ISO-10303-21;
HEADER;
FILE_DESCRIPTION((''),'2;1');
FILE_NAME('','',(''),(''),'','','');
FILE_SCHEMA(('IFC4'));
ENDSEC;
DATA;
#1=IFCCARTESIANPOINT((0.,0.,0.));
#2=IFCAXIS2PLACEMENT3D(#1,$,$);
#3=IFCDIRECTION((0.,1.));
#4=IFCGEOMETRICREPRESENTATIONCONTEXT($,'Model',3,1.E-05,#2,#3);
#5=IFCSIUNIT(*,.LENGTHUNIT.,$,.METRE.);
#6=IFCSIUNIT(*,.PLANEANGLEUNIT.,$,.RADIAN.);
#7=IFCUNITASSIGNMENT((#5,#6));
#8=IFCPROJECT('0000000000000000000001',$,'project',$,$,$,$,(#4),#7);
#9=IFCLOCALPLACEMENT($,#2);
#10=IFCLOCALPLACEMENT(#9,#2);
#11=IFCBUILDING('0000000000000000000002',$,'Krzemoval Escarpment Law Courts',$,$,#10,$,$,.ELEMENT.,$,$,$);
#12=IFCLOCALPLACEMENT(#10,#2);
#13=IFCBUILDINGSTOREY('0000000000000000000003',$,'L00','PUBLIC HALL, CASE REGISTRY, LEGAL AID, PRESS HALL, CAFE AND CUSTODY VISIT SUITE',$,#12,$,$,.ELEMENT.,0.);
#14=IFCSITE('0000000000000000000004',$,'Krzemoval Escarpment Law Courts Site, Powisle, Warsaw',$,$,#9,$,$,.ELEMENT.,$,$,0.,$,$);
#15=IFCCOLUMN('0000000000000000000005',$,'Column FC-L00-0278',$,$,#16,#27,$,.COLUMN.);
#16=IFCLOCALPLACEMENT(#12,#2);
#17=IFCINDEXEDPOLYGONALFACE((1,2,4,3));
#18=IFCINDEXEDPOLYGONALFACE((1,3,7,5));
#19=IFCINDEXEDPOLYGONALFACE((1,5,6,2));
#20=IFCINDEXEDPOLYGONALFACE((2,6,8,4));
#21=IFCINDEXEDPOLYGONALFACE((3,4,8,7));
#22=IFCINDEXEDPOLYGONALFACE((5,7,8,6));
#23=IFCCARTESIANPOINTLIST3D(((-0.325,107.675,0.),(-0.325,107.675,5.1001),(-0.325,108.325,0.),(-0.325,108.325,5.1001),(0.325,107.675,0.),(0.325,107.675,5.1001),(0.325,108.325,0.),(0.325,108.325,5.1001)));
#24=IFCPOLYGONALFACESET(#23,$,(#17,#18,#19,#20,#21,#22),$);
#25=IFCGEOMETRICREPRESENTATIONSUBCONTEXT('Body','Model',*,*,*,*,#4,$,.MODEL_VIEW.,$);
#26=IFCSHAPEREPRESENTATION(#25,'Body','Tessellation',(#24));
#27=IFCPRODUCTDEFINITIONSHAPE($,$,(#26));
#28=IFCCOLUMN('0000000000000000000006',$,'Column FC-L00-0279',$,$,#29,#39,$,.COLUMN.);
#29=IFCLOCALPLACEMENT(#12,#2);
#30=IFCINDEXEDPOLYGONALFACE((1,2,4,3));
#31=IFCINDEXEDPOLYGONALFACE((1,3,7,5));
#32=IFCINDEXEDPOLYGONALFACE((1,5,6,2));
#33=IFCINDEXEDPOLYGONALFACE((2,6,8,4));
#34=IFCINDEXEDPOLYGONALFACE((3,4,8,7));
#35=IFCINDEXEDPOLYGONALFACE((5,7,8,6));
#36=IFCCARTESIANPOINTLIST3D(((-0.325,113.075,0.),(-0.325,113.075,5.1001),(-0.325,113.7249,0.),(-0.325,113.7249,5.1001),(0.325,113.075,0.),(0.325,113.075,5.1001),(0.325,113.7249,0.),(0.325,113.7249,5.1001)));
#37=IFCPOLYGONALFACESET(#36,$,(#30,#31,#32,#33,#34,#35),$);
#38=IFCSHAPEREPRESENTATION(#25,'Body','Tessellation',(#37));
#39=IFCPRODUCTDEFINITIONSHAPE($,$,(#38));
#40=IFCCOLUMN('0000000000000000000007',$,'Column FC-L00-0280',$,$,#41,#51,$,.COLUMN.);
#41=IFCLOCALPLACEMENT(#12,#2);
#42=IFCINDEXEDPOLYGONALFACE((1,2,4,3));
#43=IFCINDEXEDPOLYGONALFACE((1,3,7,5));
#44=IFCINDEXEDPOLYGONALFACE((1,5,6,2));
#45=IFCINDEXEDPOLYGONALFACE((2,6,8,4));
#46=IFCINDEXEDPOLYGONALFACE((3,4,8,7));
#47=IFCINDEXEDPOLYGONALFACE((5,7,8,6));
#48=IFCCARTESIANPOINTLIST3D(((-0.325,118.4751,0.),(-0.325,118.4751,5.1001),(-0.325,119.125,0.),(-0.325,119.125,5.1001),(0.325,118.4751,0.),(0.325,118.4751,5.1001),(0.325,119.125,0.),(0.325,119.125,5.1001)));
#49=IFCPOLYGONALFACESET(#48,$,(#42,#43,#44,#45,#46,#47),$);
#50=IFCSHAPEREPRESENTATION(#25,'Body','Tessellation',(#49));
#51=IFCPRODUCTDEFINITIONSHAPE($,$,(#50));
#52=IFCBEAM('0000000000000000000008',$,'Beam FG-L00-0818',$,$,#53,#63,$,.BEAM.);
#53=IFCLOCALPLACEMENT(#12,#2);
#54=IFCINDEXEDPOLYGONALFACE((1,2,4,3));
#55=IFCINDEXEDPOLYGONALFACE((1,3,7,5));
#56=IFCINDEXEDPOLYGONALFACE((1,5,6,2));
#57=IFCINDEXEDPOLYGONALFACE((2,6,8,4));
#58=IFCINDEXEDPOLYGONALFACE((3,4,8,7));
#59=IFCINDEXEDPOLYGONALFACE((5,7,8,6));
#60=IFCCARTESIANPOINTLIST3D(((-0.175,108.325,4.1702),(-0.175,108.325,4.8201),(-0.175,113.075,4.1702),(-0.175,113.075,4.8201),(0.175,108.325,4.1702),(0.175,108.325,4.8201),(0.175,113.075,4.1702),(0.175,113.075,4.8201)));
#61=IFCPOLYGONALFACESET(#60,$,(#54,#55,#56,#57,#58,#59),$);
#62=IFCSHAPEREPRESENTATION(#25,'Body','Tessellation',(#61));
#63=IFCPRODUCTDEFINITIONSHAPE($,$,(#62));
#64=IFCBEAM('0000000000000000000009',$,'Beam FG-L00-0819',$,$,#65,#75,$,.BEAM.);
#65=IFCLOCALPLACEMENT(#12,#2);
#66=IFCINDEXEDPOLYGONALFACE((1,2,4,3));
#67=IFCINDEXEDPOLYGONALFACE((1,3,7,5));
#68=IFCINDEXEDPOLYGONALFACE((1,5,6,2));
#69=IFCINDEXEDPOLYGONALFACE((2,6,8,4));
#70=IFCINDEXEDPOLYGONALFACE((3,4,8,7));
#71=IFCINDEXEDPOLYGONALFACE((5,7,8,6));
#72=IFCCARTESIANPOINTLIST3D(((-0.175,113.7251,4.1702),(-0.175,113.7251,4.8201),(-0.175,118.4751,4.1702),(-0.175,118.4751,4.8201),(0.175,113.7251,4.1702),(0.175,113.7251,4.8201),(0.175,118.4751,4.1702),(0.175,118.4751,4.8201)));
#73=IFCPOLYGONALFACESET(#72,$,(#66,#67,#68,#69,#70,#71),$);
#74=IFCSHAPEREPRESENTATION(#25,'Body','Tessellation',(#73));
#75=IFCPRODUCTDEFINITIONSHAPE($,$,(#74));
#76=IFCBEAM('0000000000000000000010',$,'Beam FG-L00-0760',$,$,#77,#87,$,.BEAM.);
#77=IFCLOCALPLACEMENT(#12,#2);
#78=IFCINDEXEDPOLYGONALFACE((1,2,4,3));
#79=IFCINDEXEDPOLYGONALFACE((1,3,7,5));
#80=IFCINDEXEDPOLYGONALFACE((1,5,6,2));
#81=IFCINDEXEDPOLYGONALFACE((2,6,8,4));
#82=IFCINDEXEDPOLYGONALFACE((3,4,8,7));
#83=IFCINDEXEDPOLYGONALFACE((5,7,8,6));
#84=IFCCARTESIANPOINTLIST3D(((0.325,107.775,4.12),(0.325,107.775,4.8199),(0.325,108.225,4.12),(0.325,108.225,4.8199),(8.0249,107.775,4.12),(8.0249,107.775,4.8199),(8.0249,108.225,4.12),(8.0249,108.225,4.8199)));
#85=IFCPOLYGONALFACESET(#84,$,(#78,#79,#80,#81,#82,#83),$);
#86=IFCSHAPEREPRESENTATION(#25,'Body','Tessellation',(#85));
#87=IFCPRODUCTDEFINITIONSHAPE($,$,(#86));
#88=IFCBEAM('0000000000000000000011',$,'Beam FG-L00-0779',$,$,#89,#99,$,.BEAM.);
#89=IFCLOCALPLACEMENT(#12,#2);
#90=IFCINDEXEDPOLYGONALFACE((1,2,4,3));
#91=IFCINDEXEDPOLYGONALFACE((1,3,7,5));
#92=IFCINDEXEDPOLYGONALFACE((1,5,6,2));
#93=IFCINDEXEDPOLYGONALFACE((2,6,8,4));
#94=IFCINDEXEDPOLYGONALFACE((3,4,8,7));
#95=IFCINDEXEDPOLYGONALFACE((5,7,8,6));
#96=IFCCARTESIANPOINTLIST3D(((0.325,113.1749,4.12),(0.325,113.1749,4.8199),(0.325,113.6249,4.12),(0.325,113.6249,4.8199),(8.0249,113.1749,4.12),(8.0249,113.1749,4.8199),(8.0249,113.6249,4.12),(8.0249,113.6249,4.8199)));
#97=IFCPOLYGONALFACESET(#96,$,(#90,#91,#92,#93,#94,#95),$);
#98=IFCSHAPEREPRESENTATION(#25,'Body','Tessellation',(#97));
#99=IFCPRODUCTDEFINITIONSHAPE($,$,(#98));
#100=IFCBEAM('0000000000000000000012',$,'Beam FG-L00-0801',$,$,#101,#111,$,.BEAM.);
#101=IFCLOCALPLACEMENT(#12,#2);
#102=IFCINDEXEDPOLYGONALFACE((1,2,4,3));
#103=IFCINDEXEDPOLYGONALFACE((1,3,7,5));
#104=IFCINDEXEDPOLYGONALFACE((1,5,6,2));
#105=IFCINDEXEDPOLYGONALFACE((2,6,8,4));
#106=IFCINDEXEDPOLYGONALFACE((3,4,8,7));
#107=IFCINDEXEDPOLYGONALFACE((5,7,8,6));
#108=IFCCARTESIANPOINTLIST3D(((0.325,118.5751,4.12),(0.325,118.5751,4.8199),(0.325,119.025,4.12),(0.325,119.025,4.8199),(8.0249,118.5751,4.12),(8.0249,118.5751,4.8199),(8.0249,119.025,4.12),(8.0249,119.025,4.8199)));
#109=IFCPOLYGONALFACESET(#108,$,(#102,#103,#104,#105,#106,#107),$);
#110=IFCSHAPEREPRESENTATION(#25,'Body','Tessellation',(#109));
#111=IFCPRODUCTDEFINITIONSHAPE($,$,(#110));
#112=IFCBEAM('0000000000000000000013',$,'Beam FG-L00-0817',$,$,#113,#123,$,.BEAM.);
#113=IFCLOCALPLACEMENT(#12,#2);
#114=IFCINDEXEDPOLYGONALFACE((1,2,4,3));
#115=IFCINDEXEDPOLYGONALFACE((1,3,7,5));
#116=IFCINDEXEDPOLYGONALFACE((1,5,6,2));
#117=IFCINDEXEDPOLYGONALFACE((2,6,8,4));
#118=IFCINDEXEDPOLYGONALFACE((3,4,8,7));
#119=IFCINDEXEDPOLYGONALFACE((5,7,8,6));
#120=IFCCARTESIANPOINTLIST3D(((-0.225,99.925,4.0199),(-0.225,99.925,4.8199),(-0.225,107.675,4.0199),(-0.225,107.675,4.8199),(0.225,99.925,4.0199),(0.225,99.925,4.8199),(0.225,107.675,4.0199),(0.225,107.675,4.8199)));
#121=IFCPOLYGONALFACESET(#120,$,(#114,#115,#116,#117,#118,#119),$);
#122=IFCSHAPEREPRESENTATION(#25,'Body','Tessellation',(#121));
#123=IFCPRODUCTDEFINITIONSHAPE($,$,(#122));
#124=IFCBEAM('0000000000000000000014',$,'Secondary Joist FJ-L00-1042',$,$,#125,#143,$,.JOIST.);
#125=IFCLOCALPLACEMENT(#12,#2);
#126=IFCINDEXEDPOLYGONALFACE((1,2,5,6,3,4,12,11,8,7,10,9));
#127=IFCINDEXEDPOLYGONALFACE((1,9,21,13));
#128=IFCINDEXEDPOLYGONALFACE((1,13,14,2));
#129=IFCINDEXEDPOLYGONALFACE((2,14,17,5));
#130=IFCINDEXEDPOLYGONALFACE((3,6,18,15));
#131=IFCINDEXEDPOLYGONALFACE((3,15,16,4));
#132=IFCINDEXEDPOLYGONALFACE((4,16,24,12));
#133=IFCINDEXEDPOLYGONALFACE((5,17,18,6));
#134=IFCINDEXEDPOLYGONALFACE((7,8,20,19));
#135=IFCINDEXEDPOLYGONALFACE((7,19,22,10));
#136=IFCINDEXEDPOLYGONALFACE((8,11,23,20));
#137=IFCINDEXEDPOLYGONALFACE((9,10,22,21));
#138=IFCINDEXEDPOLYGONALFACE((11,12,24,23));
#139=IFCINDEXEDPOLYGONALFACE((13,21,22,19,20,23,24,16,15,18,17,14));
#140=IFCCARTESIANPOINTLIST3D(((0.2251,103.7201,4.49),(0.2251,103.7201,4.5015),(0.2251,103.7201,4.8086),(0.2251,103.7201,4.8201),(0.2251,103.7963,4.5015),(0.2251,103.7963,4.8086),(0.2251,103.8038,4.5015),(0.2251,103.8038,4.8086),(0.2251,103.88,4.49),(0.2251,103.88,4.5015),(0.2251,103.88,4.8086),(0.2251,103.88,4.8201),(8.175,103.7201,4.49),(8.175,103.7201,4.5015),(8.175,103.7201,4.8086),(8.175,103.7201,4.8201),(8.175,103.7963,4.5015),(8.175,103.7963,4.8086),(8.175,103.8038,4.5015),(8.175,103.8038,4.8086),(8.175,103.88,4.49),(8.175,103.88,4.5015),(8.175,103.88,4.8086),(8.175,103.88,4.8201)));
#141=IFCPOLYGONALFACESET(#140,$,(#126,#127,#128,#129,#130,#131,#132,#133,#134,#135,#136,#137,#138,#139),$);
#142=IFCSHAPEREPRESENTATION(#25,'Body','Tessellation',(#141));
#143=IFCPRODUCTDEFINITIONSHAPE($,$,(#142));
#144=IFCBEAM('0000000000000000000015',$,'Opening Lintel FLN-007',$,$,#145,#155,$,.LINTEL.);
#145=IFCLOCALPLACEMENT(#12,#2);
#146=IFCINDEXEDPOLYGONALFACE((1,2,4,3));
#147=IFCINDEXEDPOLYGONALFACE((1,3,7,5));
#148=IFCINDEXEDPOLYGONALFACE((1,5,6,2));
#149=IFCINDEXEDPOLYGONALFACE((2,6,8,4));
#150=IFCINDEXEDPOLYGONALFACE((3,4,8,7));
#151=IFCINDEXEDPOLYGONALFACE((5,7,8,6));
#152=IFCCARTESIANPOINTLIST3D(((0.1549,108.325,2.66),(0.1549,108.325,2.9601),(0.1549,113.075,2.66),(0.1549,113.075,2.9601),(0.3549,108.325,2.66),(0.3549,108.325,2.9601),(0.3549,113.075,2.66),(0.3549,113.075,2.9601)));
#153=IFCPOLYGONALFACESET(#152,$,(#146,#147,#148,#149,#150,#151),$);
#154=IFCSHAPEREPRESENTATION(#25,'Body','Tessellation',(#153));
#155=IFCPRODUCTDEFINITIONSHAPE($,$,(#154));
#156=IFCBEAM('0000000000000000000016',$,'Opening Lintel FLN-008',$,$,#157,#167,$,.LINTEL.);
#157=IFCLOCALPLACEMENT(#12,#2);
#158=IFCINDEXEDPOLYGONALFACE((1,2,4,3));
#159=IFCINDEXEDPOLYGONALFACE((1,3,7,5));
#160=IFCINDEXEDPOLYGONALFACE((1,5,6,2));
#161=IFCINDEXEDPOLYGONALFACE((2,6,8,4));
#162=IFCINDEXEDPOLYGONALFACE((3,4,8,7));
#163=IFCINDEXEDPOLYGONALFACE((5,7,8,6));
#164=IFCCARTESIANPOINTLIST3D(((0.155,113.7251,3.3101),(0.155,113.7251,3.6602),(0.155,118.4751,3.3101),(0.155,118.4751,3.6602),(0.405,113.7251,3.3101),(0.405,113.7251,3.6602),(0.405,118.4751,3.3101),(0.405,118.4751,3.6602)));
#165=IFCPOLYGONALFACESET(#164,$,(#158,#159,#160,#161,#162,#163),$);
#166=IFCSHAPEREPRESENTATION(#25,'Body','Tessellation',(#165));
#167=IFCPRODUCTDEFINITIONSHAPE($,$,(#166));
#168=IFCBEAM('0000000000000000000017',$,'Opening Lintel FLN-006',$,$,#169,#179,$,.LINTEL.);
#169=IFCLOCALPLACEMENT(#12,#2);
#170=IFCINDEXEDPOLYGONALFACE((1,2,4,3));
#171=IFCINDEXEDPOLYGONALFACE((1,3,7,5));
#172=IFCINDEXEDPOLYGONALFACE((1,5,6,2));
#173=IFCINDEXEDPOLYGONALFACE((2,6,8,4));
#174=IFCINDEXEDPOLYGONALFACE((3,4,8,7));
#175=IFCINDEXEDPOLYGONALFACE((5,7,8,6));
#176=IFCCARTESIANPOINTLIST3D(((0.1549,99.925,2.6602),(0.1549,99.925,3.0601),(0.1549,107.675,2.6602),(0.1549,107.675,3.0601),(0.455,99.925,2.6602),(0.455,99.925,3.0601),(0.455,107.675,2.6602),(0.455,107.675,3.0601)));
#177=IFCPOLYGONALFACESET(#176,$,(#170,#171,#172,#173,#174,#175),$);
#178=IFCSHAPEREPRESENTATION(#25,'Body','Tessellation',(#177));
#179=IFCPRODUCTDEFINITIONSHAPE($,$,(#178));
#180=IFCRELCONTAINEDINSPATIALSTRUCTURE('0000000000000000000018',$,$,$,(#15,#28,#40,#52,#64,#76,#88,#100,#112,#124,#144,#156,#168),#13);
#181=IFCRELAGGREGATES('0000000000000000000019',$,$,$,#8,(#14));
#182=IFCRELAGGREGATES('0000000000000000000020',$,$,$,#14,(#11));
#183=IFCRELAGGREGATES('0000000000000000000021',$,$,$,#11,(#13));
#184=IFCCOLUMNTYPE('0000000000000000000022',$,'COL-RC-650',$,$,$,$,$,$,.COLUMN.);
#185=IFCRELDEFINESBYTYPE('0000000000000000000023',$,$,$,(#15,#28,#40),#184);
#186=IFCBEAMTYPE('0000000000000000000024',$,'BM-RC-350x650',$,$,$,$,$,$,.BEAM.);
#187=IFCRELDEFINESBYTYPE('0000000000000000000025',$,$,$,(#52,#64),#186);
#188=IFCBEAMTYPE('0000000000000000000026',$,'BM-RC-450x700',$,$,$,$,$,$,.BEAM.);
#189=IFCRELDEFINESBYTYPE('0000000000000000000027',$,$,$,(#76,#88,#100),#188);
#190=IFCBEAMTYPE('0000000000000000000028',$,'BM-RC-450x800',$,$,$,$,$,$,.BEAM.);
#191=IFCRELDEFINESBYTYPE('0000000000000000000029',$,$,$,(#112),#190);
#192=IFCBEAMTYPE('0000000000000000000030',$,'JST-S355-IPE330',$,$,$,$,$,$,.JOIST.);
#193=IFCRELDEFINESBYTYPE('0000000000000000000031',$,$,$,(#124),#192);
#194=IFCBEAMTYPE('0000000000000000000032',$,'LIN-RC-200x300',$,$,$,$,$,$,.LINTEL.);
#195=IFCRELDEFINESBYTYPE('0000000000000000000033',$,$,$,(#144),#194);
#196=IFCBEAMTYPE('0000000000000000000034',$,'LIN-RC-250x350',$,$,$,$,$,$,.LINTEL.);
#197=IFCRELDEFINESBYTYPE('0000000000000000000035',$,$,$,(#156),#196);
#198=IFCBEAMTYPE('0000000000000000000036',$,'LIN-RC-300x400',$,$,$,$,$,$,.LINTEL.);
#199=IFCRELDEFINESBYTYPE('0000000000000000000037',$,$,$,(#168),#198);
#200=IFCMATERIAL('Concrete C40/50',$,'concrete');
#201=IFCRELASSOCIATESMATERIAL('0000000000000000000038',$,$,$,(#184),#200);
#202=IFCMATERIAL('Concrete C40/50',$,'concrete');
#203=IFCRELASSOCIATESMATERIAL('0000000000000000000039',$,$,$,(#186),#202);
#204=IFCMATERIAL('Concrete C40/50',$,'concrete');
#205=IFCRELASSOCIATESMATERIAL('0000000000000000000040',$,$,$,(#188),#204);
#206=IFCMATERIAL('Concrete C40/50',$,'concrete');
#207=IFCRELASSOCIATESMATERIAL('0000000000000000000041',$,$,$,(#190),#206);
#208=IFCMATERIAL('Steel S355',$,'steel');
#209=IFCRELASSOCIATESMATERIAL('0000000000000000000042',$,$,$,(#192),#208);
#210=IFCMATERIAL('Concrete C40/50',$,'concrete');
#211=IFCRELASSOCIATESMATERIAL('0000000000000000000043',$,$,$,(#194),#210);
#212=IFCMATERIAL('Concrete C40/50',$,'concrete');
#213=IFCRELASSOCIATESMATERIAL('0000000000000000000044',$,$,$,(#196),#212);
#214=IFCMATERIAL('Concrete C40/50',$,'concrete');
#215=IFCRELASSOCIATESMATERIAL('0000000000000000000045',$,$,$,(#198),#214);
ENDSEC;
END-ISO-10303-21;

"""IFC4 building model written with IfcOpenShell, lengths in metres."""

from ifc_helpers import new_model, si_unit, direction, frame, origin, origin_2d, place, context, subcontext, project, spatial, rectangle, i_section, extrude, material, material_profile, profile_set, type_object, element, save


model = new_model("IFC4")

# Units and contexts
model_context = context("Model", 3, precision=1e-05, world=origin(), true_north=direction((0.0, 1.0)))
body_context = subcontext(model_context, "Body", "Model", "MODEL_VIEW")
ifc_project = project(units=[si_unit("LENGTHUNIT", "METRE"), si_unit("PLANEANGLEUNIT", "RADIAN")], contexts=[model_context])

# Site, building, storey
site_placement = place(None, origin())
site = spatial("IfcSite", under=ifc_project, at=site_placement, Name="Krzemoval Escarpment Law Courts Site, Powisle, Warsaw", CompositionType="ELEMENT", RefElevation=0.0)
building_placement = place(site_placement, origin())
building = spatial("IfcBuilding", under=site, at=building_placement, Name="Krzemoval Escarpment Law Courts", CompositionType="ELEMENT")
storey_placement = place(building_placement, origin())
storey = spatial("IfcBuildingStorey", under=building, at=storey_placement, Name="L00", Description="PUBLIC HALL, CASE REGISTRY, LEGAL AID, PRESS HALL, CAFE AND CUSTODY VISIT SUITE", CompositionType="ELEMENT", Elevation=0.0)

# Columns
ifc_material_1 = material(Name="Concrete C40/50", Category="concrete")
ifc_material_profile_1 = material_profile(ifc_material_1, rectangle(XDim=0.6499, YDim=0.6499, at=origin_2d()), Name="RC 650x650")
ifc_profile_set_1 = profile_set([ifc_material_profile_1], Name="Concrete C40/50")
column_type = type_object("IfcColumnType", Name="COL-RC-650", PredefinedType="COLUMN", material=ifc_profile_set_1)
for number, where, z_axis, x_axis, name in (
    (1, (0.0, 108.0, 0.0), (0.0, 0.0, 1.0), (1.0, 0.0, 0.0), "Column FC-L00-0278"),
    (2, (0.0, 113.3999, 0.0), (0.0, 0.0, 1.0), (1.0, 0.0, 0.0), "Column FC-L00-0279"),
    (3, (0.0, 118.8, 0.0), (0.0, 0.0, 1.0), (1.0, 0.0, 0.0), "Column FC-L00-0280"),
):
    element("IfcColumn", number, at=place(storey_placement, frame(where, z_axis=z_axis, x_axis=x_axis)), inside=storey, type_object=column_type, Name=name, PredefinedType="COLUMN", context=body_context, shape_type="SweptSolid", body=[
        extrude(rectangle(XDim=0.6499, YDim=0.6499, at=origin_2d()), origin(), (0.0, 0.0, 1.0), 5.1001),
    ])

# Beams
ifc_material_2 = material(Name="Concrete C40/50", Category="concrete")
ifc_material_profile_2 = material_profile(ifc_material_2, rectangle(XDim=0.3501, YDim=0.6499, at=origin_2d()), Name="RCB 350x650")
ifc_profile_set_2 = profile_set([ifc_material_profile_2], Name="Concrete C40/50")
beam_type_1 = type_object("IfcBeamType", Name="BM-RC-350x650", PredefinedType="BEAM", material=ifc_profile_set_2)
for number, where, z_axis, x_axis, name in (
    (4, (0.0, 108.325, 4.4951), (0.0, 1.0, 0.0), (-1.0, 0.0, 0.0), "Beam FG-L00-0818"),
    (5, (0.0, 113.7251, 4.4951), (0.0, 1.0, 0.0), (-1.0, 0.0, 0.0), "Beam FG-L00-0819"),
):
    element("IfcBeam", number, at=place(storey_placement, frame(where, z_axis=z_axis, x_axis=x_axis)), inside=storey, type_object=beam_type_1, Name=name, PredefinedType="BEAM", context=body_context, shape_type="SweptSolid", body=[
        extrude(rectangle(XDim=0.3501, YDim=0.6499, at=origin_2d()), origin(), (0.0, 0.0, 1.0), 4.75),
    ])
ifc_material_3 = material(Name="Concrete C40/50", Category="concrete")
ifc_material_profile_3 = material_profile(ifc_material_3, rectangle(XDim=0.45, YDim=0.7, at=origin_2d()), Name="RCB 450x700")
ifc_profile_set_3 = profile_set([ifc_material_profile_3], Name="Concrete C40/50")
beam_type_2 = type_object("IfcBeamType", Name="BM-RC-450x700", PredefinedType="BEAM", material=ifc_profile_set_3)
for number, where, z_axis, x_axis, name in (
    (6, (0.325, 108.0, 4.47), (1.0, 0.0, 0.0), (0.0, 1.0, 0.0), "Beam FG-L00-0760"),
    (7, (0.325, 113.3999, 4.47), (1.0, 0.0, 0.0), (0.0, 1.0, 0.0), "Beam FG-L00-0779"),
    (8, (0.325, 118.8, 4.47), (1.0, 0.0, 0.0), (0.0, 1.0, 0.0), "Beam FG-L00-0801"),
):
    element("IfcBeam", number, at=place(storey_placement, frame(where, z_axis=z_axis, x_axis=x_axis)), inside=storey, type_object=beam_type_2, Name=name, PredefinedType="BEAM", context=body_context, shape_type="SweptSolid", body=[
        extrude(rectangle(XDim=0.45, YDim=0.7, at=origin_2d()), origin(), (0.0, 0.0, 1.0), 7.7),
    ])
ifc_material_4 = material(Name="Concrete C40/50", Category="concrete")
ifc_material_profile_4 = material_profile(ifc_material_4, rectangle(XDim=0.45, YDim=0.8, at=origin_2d()), Name="RCB 450x800")
ifc_profile_set_4 = profile_set([ifc_material_profile_4], Name="Concrete C40/50")
beam_type_3 = type_object("IfcBeamType", Name="BM-RC-450x800", PredefinedType="BEAM", material=ifc_profile_set_4)
beam_1_placement = place(storey_placement, frame((0.0, 99.925, 4.4199), z_axis=(0.0, 1.0, 0.0), x_axis=(-1.0, 0.0, 0.0)))
element("IfcBeam", 9, at=beam_1_placement, inside=storey, type_object=beam_type_3, Name="Beam FG-L00-0817", PredefinedType="BEAM", context=body_context, shape_type="SweptSolid", body=[
    extrude(rectangle(XDim=0.45, YDim=0.8, at=origin_2d()), origin(), (0.0, 0.0, 1.0), 7.75),
])
ifc_material_5 = material(Name="Steel S355", Category="steel")
ifc_material_profile_5 = material_profile(ifc_material_5, i_section(OverallWidth=0.1599, OverallDepth=0.3301, WebThickness=0.0076, FlangeThickness=0.0115, at=origin_2d()), Name="IPE 330")
ifc_profile_set_5 = profile_set([ifc_material_profile_5], Name="Steel S355")
beam_type_4 = type_object("IfcBeamType", Name="JST-S355-IPE330", PredefinedType="JOIST", material=ifc_profile_set_5)
beam_2_placement = place(storey_placement, frame((0.2251, 103.8, 4.655), z_axis=(1.0, 0.0, 0.0), x_axis=(0.0, 1.0, 0.0)))
element("IfcBeam", 10, at=beam_2_placement, inside=storey, type_object=beam_type_4, Name="Secondary Joist FJ-L00-1042", PredefinedType="JOIST", context=body_context, shape_type="SweptSolid", body=[
    extrude(i_section(OverallWidth=0.1599, OverallDepth=0.3301, WebThickness=0.0076, FlangeThickness=0.0115, at=origin_2d()), origin(), (0.0, 0.0, 1.0), 7.95),
])
ifc_material_6 = material(Name="Concrete C40/50", Category="concrete")
ifc_material_profile_6 = material_profile(ifc_material_6, rectangle(XDim=0.2, YDim=0.3, at=origin_2d()), Name="LIN 200x300")
ifc_profile_set_6 = profile_set([ifc_material_profile_6], Name="Concrete C40/50")
beam_type_5 = type_object("IfcBeamType", Name="LIN-RC-200x300", PredefinedType="LINTEL", material=ifc_profile_set_6)
beam_3_placement = place(storey_placement, frame((0.2549, 108.325, 2.8101), z_axis=(0.0, 1.0, 0.0), x_axis=(-1.0, 0.0, 0.0)))
element("IfcBeam", 11, at=beam_3_placement, inside=storey, type_object=beam_type_5, Name="Opening Lintel FLN-007", PredefinedType="LINTEL", context=body_context, shape_type="SweptSolid", body=[
    extrude(rectangle(XDim=0.2, YDim=0.3, at=origin_2d()), origin(), (0.0, 0.0, 1.0), 4.75),
])
ifc_material_7 = material(Name="Concrete C40/50", Category="concrete")
ifc_material_profile_7 = material_profile(ifc_material_7, rectangle(XDim=0.25, YDim=0.3501, at=origin_2d()), Name="LIN 250x350")
ifc_profile_set_7 = profile_set([ifc_material_profile_7], Name="Concrete C40/50")
beam_type_6 = type_object("IfcBeamType", Name="LIN-RC-250x350", PredefinedType="LINTEL", material=ifc_profile_set_7)
beam_4_placement = place(storey_placement, frame((0.28, 113.7251, 3.4851), z_axis=(0.0, 1.0, 0.0), x_axis=(-1.0, 0.0, 0.0)))
element("IfcBeam", 12, at=beam_4_placement, inside=storey, type_object=beam_type_6, Name="Opening Lintel FLN-008", PredefinedType="LINTEL", context=body_context, shape_type="SweptSolid", body=[
    extrude(rectangle(XDim=0.25, YDim=0.3501, at=origin_2d()), origin(), (0.0, 0.0, 1.0), 4.75),
])
ifc_material_8 = material(Name="Concrete C40/50", Category="concrete")
ifc_material_profile_8 = material_profile(ifc_material_8, rectangle(XDim=0.3, YDim=0.3999, at=origin_2d()), Name="LIN 300x400")
ifc_profile_set_8 = profile_set([ifc_material_profile_8], Name="Concrete C40/50")
beam_type_7 = type_object("IfcBeamType", Name="LIN-RC-300x400", PredefinedType="LINTEL", material=ifc_profile_set_8)
beam_5_placement = place(storey_placement, frame((0.3049, 99.925, 2.8601), z_axis=(0.0, 1.0, 0.0), x_axis=(-1.0, 0.0, 0.0)))
element("IfcBeam", 13, at=beam_5_placement, inside=storey, type_object=beam_type_7, Name="Opening Lintel FLN-006", PredefinedType="LINTEL", context=body_context, shape_type="SweptSolid", body=[
    extrude(rectangle(XDim=0.3, YDim=0.3999, at=origin_2d()), origin(), (0.0, 0.0, 1.0), 7.75),
])

save(model, "model.ifc")
